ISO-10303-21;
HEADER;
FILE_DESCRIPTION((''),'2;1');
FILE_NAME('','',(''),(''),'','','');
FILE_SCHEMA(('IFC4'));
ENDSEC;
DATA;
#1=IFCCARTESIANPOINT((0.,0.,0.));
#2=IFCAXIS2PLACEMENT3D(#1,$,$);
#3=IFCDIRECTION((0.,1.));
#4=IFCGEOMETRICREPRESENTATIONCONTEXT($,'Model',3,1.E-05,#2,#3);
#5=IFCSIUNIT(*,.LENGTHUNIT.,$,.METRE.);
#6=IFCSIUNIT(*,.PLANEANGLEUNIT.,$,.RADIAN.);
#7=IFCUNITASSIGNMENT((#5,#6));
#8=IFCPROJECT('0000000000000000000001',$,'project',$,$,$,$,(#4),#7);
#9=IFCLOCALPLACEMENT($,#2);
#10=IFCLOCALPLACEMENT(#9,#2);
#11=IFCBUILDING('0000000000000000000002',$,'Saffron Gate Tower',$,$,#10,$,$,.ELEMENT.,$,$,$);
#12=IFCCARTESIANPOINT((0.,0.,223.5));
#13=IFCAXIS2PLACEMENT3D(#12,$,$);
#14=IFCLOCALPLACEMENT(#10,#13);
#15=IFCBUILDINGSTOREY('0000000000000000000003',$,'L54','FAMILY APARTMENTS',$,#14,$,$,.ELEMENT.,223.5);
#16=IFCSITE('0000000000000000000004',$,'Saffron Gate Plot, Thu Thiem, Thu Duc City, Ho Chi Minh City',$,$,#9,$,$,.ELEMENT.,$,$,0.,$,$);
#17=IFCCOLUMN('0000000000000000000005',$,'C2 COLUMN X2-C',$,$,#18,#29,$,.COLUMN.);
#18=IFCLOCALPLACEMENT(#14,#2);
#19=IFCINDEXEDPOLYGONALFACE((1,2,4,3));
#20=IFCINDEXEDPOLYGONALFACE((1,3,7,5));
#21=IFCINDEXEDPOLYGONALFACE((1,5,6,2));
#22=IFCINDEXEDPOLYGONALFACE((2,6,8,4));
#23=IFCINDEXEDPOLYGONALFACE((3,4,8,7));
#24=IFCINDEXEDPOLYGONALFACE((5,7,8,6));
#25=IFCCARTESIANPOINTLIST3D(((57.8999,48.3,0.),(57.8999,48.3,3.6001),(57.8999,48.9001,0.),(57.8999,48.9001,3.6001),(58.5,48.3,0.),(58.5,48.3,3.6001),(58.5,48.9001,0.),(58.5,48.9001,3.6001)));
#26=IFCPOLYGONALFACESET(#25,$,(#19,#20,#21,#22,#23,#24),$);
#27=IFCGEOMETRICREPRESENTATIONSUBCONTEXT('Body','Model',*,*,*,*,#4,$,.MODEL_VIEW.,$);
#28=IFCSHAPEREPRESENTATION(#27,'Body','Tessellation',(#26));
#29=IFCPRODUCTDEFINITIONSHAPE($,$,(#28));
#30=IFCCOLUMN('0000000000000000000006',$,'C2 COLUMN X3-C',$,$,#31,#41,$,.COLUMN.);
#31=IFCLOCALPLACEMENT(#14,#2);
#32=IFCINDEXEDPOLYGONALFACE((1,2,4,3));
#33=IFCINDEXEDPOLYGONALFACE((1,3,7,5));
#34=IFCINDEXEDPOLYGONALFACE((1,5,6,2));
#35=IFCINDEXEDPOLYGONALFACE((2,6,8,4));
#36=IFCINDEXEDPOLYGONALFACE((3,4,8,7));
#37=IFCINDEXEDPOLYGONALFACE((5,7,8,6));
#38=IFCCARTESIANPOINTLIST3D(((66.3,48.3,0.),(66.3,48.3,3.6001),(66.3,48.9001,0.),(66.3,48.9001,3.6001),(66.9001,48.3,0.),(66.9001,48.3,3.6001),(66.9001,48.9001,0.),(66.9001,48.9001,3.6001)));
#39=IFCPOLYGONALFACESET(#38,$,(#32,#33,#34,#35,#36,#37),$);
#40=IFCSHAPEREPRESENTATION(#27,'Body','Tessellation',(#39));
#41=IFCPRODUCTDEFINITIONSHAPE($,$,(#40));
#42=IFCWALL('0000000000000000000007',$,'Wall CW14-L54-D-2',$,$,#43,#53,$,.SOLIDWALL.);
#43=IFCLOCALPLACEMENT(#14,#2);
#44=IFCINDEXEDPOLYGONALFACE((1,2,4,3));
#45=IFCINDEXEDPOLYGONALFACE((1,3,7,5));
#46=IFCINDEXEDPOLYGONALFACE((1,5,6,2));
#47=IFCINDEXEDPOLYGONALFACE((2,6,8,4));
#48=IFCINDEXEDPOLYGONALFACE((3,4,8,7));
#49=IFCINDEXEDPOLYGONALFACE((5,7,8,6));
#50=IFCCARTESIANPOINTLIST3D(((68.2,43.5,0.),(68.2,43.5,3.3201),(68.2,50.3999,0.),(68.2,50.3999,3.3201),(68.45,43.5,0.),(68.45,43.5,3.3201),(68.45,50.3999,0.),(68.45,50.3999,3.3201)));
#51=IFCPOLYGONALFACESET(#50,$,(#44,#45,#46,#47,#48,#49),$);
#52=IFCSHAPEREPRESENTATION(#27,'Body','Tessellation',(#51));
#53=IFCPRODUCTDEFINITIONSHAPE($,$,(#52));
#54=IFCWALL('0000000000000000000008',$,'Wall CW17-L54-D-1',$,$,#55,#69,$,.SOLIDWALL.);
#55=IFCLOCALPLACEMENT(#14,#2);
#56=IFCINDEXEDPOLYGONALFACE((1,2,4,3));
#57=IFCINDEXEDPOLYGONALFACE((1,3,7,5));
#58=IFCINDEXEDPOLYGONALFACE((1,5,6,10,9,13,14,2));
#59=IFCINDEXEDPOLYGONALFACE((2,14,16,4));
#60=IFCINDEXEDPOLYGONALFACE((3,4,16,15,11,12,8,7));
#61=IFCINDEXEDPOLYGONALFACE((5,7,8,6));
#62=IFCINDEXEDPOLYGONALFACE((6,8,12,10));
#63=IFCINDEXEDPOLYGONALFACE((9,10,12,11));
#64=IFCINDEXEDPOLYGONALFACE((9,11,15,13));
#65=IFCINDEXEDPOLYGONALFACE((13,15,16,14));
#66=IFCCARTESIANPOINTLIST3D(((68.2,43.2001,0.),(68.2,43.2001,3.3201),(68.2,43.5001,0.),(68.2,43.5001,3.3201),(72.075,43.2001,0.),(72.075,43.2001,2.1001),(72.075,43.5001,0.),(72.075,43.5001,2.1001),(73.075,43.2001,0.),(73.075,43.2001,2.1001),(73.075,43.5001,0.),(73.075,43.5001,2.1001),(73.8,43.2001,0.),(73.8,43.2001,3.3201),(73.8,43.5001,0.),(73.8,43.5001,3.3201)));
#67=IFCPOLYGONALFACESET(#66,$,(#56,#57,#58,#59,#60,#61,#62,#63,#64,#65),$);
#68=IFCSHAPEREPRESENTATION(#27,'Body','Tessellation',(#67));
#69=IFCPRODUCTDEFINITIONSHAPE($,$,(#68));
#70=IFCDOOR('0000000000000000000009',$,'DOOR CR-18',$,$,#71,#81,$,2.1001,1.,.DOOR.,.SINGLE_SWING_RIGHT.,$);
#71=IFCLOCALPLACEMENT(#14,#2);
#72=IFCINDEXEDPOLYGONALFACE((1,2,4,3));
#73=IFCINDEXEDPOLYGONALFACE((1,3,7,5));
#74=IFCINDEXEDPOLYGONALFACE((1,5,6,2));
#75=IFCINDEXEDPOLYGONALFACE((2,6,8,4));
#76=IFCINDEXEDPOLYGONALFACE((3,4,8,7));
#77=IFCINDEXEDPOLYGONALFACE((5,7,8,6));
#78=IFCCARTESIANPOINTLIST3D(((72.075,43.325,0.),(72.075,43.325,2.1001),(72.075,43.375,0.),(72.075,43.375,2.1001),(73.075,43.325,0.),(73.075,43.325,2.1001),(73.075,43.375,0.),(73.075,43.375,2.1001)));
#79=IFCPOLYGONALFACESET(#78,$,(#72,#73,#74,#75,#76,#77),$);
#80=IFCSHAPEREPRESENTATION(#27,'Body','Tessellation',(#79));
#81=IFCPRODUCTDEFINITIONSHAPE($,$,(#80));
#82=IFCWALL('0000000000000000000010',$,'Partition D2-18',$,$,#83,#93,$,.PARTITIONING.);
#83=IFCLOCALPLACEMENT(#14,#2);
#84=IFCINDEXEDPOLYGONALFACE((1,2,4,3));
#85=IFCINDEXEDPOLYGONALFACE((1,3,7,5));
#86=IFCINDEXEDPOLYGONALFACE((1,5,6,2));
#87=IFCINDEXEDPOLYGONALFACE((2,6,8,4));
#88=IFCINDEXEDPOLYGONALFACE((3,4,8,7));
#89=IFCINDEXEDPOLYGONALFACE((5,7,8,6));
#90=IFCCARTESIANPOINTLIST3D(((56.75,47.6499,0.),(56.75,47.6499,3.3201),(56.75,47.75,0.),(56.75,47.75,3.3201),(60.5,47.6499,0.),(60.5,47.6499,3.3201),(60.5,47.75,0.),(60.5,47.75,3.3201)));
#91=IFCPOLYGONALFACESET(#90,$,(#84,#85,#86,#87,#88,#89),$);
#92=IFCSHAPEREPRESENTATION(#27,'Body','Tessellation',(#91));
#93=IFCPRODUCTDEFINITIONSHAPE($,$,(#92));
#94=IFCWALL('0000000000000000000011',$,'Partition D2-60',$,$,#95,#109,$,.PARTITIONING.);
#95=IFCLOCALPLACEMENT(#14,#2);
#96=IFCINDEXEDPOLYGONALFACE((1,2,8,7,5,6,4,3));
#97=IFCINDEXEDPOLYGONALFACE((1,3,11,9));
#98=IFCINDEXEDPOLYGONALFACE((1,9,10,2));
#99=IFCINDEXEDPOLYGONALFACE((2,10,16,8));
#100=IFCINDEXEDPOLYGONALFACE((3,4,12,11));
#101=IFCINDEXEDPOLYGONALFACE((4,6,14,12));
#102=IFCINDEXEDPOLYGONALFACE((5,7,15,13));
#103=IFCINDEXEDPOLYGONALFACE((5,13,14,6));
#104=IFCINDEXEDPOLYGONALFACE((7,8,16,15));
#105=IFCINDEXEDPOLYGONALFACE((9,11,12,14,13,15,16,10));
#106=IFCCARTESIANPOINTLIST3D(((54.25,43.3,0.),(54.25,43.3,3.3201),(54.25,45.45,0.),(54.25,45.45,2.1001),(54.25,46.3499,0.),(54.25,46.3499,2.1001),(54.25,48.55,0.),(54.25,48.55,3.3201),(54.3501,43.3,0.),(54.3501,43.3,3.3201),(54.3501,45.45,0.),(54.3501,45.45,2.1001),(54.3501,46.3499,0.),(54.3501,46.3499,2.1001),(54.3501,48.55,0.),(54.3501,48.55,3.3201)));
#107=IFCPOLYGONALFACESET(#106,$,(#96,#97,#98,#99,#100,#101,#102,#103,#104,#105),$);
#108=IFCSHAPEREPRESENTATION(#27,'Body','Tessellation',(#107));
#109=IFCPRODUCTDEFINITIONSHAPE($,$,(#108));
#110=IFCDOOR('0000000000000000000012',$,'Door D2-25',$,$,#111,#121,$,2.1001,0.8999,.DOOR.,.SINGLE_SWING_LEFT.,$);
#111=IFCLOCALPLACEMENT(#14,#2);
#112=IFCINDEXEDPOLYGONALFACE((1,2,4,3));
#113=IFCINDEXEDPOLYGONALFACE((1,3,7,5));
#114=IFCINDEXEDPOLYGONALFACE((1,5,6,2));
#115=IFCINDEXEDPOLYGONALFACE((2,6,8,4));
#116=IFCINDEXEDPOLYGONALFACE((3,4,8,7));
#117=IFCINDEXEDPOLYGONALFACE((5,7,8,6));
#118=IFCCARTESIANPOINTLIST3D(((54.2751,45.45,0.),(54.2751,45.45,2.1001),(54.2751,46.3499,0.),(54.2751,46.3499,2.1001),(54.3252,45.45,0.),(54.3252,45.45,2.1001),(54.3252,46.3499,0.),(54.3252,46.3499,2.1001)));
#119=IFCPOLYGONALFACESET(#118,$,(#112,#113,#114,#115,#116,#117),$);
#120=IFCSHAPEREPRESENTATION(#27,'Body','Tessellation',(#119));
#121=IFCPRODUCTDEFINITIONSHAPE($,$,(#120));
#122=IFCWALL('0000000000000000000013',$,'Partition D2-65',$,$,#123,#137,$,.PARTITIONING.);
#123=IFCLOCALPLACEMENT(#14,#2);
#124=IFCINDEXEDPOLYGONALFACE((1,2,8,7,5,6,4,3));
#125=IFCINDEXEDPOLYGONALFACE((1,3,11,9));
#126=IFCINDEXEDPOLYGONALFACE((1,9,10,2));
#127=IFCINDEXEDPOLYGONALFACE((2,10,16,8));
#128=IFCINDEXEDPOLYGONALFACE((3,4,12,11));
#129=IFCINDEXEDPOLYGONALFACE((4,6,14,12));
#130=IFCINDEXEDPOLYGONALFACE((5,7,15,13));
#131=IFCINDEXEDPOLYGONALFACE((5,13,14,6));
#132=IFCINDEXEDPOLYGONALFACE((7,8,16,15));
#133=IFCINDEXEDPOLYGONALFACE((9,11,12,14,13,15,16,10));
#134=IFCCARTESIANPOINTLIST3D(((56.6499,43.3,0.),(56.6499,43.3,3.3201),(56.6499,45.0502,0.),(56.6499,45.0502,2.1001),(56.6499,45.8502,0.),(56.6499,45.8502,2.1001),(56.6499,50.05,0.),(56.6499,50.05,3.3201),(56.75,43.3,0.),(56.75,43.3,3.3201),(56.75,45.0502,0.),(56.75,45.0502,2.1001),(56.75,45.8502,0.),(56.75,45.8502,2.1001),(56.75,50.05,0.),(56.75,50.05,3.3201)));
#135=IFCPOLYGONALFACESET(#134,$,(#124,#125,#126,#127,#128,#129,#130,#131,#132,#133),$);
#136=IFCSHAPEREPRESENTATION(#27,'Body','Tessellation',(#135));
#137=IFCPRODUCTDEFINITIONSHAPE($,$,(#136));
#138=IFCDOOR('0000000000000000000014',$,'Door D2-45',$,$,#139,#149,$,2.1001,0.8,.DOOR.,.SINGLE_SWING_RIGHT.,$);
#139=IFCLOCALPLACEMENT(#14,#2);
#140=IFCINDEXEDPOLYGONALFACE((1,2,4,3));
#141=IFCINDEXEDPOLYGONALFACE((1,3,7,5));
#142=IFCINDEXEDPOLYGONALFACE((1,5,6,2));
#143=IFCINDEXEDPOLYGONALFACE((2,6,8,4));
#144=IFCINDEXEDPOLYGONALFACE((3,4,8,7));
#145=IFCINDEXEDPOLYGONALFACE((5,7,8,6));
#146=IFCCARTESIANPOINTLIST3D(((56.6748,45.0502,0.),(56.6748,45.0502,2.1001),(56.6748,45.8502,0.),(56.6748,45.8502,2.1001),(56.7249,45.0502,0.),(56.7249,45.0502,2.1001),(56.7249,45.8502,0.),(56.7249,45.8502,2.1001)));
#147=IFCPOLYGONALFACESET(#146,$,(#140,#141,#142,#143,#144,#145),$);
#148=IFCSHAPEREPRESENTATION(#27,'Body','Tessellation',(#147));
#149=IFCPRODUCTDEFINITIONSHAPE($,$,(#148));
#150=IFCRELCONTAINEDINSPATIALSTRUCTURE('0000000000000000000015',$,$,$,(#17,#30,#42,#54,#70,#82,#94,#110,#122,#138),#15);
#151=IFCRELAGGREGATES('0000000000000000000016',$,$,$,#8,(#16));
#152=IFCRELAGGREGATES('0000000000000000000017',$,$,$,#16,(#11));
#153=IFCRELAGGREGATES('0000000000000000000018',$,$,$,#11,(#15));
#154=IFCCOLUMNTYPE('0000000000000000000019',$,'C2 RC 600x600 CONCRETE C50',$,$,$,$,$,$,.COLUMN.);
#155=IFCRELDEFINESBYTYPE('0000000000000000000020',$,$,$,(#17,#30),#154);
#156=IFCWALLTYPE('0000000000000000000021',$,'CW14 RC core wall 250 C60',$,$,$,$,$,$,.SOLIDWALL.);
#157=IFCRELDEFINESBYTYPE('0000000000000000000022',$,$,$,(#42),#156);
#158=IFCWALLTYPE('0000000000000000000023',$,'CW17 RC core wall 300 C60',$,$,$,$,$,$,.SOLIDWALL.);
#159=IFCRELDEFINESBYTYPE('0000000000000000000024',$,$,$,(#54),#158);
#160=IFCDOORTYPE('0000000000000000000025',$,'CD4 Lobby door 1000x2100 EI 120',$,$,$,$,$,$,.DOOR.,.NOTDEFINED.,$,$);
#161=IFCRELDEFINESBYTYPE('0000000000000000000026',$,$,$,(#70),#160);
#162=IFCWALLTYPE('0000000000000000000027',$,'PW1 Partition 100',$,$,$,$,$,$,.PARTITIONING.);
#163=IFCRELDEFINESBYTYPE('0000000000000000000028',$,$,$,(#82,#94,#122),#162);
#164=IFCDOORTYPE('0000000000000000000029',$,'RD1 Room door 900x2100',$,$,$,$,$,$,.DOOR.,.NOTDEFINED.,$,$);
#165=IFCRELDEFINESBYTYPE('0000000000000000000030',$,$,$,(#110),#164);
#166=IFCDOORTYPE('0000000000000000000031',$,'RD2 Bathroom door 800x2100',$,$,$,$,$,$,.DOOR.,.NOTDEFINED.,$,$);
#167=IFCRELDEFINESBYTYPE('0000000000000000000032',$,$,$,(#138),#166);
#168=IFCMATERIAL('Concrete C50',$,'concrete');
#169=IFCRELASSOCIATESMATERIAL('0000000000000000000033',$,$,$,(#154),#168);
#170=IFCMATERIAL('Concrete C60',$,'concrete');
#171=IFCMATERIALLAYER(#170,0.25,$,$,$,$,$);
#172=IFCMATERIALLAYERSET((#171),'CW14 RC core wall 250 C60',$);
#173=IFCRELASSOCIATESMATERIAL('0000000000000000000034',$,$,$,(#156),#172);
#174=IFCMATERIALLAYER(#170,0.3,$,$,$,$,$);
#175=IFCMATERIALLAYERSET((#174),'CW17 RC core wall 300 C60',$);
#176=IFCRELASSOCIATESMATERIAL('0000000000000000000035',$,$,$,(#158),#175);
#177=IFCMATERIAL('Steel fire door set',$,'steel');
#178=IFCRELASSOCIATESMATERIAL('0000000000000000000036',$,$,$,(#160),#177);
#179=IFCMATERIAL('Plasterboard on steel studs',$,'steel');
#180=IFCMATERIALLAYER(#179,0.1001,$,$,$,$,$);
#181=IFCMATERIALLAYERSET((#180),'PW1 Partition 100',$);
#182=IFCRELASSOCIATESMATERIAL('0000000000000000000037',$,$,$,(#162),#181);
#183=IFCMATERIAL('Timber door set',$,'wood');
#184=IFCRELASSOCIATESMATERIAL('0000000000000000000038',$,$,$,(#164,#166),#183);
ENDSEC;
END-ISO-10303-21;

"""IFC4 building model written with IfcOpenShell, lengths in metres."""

from ifc_helpers import new_model, si_unit, direction, frame, frame_2d, origin, origin_2d, place, context, subcontext, project, spatial, rectangle, extrude, material, layer, layer_set, material_profile, profile_set, type_object, element, fill, save


model = new_model("IFC4")

# Units and contexts
model_context = context("Model", 3, precision=1e-05, world=origin(), true_north=direction((0.0, 1.0)))
body_context = subcontext(model_context, "Body", "Model", "MODEL_VIEW")
ifc_project = project(units=[si_unit("LENGTHUNIT", "METRE"), si_unit("PLANEANGLEUNIT", "RADIAN")], contexts=[model_context])

# Site, building, storey
site_placement = place(None, origin())
site = spatial("IfcSite", under=ifc_project, at=site_placement, Name="Saffron Gate Plot, Thu Thiem, Thu Duc City, Ho Chi Minh City", CompositionType="ELEMENT", RefElevation=0.0)
building_placement = place(site_placement, origin())
building = spatial("IfcBuilding", under=site, at=building_placement, Name="Saffron Gate Tower", CompositionType="ELEMENT")
storey_placement = place(building_placement, frame((0.0, 0.0, 223.5)))
storey = spatial("IfcBuildingStorey", under=building, at=storey_placement, Name="L54", Description="FAMILY APARTMENTS", CompositionType="ELEMENT", Elevation=223.5)

# Columns
ifc_material_1 = material(Name="Concrete C50", Category="concrete")
ifc_material_profile = material_profile(ifc_material_1, rectangle(XDim=0.6001, YDim=0.6001, at=origin_2d()))
ifc_profile_set = profile_set([ifc_material_profile], Name="Concrete C50")
column_type = type_object("IfcColumnType", Name="C2 RC 600x600 CONCRETE C50", PredefinedType="COLUMN", material=ifc_profile_set)
for number, where, z_axis, x_axis, name in (
    (1, (58.2, 48.6001, 0.0), (0.0, 0.0, 1.0), (1.0, 0.0, 0.0), "C2 COLUMN X2-C"),
    (2, (66.6001, 48.6001, 0.0), (0.0, 0.0, 1.0), (1.0, 0.0, 0.0), "C2 COLUMN X3-C"),
):
    element("IfcColumn", number, at=place(storey_placement, frame(where, z_axis=z_axis, x_axis=x_axis)), inside=storey, type_object=column_type, Name=name, PredefinedType="COLUMN", context=body_context, shape_type="SweptSolid", body=[
        extrude(rectangle(XDim=0.6001, YDim=0.6001, at=origin_2d()), origin(), (0.0, 0.0, 1.0), 3.6001),
    ])

# Wall
ifc_material_2 = material(Name="Concrete C60", Category="concrete")
ifc_layer_1 = layer(ifc_material_2, 0.25)
ifc_layer_set_1 = layer_set([ifc_layer_1], Name="CW14 RC core wall 250 C60")
wall_type_1 = type_object("IfcWallType", Name="CW14 RC core wall 250 C60", PredefinedType="SOLIDWALL", material=ifc_layer_set_1)
wall_1_placement = place(storey_placement, frame((68.325, 43.5, 0.0), z_axis=(0.0, 0.0, 1.0), x_axis=(0.0, 1.0, 0.0)))
element("IfcWall", 3, at=wall_1_placement, inside=storey, type_object=wall_type_1, Name="Wall CW14-L54-D-2", PredefinedType="SOLIDWALL", context=body_context, shape_type="SweptSolid", body=[
    extrude(rectangle(XDim=6.8999, YDim=0.25, at=frame_2d((3.45, 0.0))), origin(), (0.0, 0.0, 1.0), 3.3201),
])

# Wall, opening, door
ifc_layer_2 = layer(ifc_material_2, 0.3)
ifc_layer_set_2 = layer_set([ifc_layer_2], Name="CW17 RC core wall 300 C60")
wall_type_2 = type_object("IfcWallType", Name="CW17 RC core wall 300 C60", PredefinedType="SOLIDWALL", material=ifc_layer_set_2)
wall_2_placement = place(storey_placement, frame((68.2, 43.3501, 0.0), z_axis=(0.0, 0.0, 1.0), x_axis=(1.0, 0.0, 0.0)))
wall_2 = element("IfcWall", 4, at=wall_2_placement, inside=storey, type_object=wall_type_2, Name="Wall CW17-L54-D-1", PredefinedType="SOLIDWALL", context=body_context, shape_type="SweptSolid", body=[
    extrude(rectangle(XDim=5.6001, YDim=0.3, at=frame_2d((2.8, 0.0))), origin(), (0.0, 0.0, 1.0), 3.3201),
])
opening_1_placement = place(wall_2_placement, frame((3.875, 0.0, 0.0)))
opening_1 = element("IfcOpeningElement", 5, at=opening_1_placement, cuts=wall_2, PredefinedType="OPENING", context=body_context, shape_type="SweptSolid", body=[
    extrude(rectangle(XDim=1.0, YDim=2.1001, at=frame_2d((0.5, 1.05))), frame((0.0, 0.1602, 0.0), z_axis=(0.0, -1.0, 0.0), x_axis=(1.0, 0.0, 0.0)), (0.0, 0.0, 1.0), 0.3201),
])
ifc_material_3 = material(Name="Steel fire door set", Category="steel")
door_type_1 = type_object("IfcDoorType", Name="CD4 Lobby door 1000x2100 EI 120", OperationType="NOTDEFINED", PredefinedType="DOOR", material=ifc_material_3)
door_1_placement = place(opening_1_placement, origin())
door_1 = element("IfcDoor", 6, at=door_1_placement, inside=storey, type_object=door_type_1, Name="DOOR CR-18", OperationType="SINGLE_SWING_RIGHT", OverallHeight=2.1001, OverallWidth=1.0, PredefinedType="DOOR", context=body_context, shape_type="SweptSolid", body=[
    extrude(rectangle(XDim=1.0, YDim=2.1001, at=frame_2d((0.5, 1.05))), frame((0.0, 0.0249, 0.0), z_axis=(0.0, -1.0, 0.0), x_axis=(1.0, 0.0, 0.0)), (0.0, 0.0, 1.0), 0.05),
])
fill(opening_1, door_1)

# Wall
ifc_material_4 = material(Name="Plasterboard on steel studs", Category="steel")
ifc_layer_3 = layer(ifc_material_4, 0.1001)
ifc_layer_set_3 = layer_set([ifc_layer_3], Name="PW1 Partition 100")
wall_type_3 = type_object("IfcWallType", Name="PW1 Partition 100", PredefinedType="PARTITIONING", material=ifc_layer_set_3)
wall_3_placement = place(storey_placement, frame((56.75, 47.7, 0.0), z_axis=(0.0, 0.0, 1.0), x_axis=(1.0, 0.0, 0.0)))
element("IfcWall", 7, at=wall_3_placement, inside=storey, type_object=wall_type_3, Name="Partition D2-18", PredefinedType="PARTITIONING", context=body_context, shape_type="SweptSolid", body=[
    extrude(rectangle(XDim=3.75, YDim=0.1001, at=frame_2d((1.875, 0.0))), origin(), (0.0, 0.0, 1.0), 3.3201),
])

# Walls, openings, doors
wall_4_placement = place(storey_placement, frame((54.3, 43.3, 0.0), z_axis=(0.0, 0.0, 1.0), x_axis=(0.0, 1.0, 0.0)))
wall_4 = element("IfcWall", 8, at=wall_4_placement, inside=storey, type_object=wall_type_3, Name="Partition D2-60", PredefinedType="PARTITIONING", context=body_context, shape_type="SweptSolid", body=[
    extrude(rectangle(XDim=5.25, YDim=0.1001, at=frame_2d((2.625, 0.0))), origin(), (0.0, 0.0, 1.0), 3.3201),
])
opening_2_placement = place(wall_4_placement, frame((2.1499, 0.0, 0.0)))
opening_2 = element("IfcOpeningElement", 9, at=opening_2_placement, cuts=wall_4, PredefinedType="OPENING", context=body_context, shape_type="SweptSolid", body=[
    extrude(rectangle(XDim=0.8999, YDim=2.1001, at=frame_2d((0.45, 1.05))), frame((0.0, 0.0601, 0.0), z_axis=(0.0, -1.0, 0.0), x_axis=(1.0, 0.0, 0.0)), (0.0, 0.0, 1.0), 0.1201),
])
ifc_material_5 = material(Name="Timber door set", Category="wood")
door_type_2 = type_object("IfcDoorType", Name="RD1 Room door 900x2100", OperationType="NOTDEFINED", PredefinedType="DOOR", material=ifc_material_5)
door_2_placement = place(opening_2_placement, origin())
door_2 = element("IfcDoor", 10, at=door_2_placement, inside=storey, type_object=door_type_2, Name="Door D2-25", OperationType="SINGLE_SWING_LEFT", OverallHeight=2.1001, OverallWidth=0.8999, PredefinedType="DOOR", context=body_context, shape_type="SweptSolid", body=[
    extrude(rectangle(XDim=0.8999, YDim=2.1001, at=frame_2d((0.45, 1.05))), frame((0.0, 0.0249, 0.0), z_axis=(0.0, -1.0, 0.0), x_axis=(1.0, 0.0, 0.0)), (0.0, 0.0, 1.0), 0.05),
])
fill(opening_2, door_2)
wall_5_placement = place(storey_placement, frame((56.7, 50.05, 0.0), z_axis=(0.0, 0.0, 1.0), x_axis=(0.0, -1.0, 0.0)))
wall_5 = element("IfcWall", 11, at=wall_5_placement, inside=storey, type_object=wall_type_3, Name="Partition D2-65", PredefinedType="PARTITIONING", context=body_context, shape_type="SweptSolid", body=[
    extrude(rectangle(XDim=6.75, YDim=0.1001, at=frame_2d((3.375, 0.0))), origin(), (0.0, 0.0, 1.0), 3.3201),
])
opening_3_placement = place(wall_5_placement, frame((4.2, 0.0, 0.0)))
opening_3 = element("IfcOpeningElement", 12, at=opening_3_placement, cuts=wall_5, PredefinedType="OPENING", context=body_context, shape_type="SweptSolid", body=[
    extrude(rectangle(XDim=0.8, YDim=2.1001, at=frame_2d((0.3999, 1.05))), frame((0.0, 0.0601, 0.0), z_axis=(0.0, -1.0, 0.0), x_axis=(1.0, 0.0, 0.0)), (0.0, 0.0, 1.0), 0.1201),
])
door_type_3 = type_object("IfcDoorType", Name="RD2 Bathroom door 800x2100", OperationType="NOTDEFINED", PredefinedType="DOOR", material=ifc_material_5)
door_3_placement = place(opening_3_placement, origin())
door_3 = element("IfcDoor", 13, at=door_3_placement, inside=storey, type_object=door_type_3, Name="Door D2-45", OperationType="SINGLE_SWING_RIGHT", OverallHeight=2.1001, OverallWidth=0.8, PredefinedType="DOOR", context=body_context, shape_type="SweptSolid", body=[
    extrude(rectangle(XDim=0.8, YDim=2.1001, at=frame_2d((0.3999, 1.05))), frame((0.0, 0.0249, 0.0), z_axis=(0.0, -1.0, 0.0), x_axis=(1.0, 0.0, 0.0)), (0.0, 0.0, 1.0), 0.05),
])
fill(opening_3, door_3)

save(model, "model.ifc")
